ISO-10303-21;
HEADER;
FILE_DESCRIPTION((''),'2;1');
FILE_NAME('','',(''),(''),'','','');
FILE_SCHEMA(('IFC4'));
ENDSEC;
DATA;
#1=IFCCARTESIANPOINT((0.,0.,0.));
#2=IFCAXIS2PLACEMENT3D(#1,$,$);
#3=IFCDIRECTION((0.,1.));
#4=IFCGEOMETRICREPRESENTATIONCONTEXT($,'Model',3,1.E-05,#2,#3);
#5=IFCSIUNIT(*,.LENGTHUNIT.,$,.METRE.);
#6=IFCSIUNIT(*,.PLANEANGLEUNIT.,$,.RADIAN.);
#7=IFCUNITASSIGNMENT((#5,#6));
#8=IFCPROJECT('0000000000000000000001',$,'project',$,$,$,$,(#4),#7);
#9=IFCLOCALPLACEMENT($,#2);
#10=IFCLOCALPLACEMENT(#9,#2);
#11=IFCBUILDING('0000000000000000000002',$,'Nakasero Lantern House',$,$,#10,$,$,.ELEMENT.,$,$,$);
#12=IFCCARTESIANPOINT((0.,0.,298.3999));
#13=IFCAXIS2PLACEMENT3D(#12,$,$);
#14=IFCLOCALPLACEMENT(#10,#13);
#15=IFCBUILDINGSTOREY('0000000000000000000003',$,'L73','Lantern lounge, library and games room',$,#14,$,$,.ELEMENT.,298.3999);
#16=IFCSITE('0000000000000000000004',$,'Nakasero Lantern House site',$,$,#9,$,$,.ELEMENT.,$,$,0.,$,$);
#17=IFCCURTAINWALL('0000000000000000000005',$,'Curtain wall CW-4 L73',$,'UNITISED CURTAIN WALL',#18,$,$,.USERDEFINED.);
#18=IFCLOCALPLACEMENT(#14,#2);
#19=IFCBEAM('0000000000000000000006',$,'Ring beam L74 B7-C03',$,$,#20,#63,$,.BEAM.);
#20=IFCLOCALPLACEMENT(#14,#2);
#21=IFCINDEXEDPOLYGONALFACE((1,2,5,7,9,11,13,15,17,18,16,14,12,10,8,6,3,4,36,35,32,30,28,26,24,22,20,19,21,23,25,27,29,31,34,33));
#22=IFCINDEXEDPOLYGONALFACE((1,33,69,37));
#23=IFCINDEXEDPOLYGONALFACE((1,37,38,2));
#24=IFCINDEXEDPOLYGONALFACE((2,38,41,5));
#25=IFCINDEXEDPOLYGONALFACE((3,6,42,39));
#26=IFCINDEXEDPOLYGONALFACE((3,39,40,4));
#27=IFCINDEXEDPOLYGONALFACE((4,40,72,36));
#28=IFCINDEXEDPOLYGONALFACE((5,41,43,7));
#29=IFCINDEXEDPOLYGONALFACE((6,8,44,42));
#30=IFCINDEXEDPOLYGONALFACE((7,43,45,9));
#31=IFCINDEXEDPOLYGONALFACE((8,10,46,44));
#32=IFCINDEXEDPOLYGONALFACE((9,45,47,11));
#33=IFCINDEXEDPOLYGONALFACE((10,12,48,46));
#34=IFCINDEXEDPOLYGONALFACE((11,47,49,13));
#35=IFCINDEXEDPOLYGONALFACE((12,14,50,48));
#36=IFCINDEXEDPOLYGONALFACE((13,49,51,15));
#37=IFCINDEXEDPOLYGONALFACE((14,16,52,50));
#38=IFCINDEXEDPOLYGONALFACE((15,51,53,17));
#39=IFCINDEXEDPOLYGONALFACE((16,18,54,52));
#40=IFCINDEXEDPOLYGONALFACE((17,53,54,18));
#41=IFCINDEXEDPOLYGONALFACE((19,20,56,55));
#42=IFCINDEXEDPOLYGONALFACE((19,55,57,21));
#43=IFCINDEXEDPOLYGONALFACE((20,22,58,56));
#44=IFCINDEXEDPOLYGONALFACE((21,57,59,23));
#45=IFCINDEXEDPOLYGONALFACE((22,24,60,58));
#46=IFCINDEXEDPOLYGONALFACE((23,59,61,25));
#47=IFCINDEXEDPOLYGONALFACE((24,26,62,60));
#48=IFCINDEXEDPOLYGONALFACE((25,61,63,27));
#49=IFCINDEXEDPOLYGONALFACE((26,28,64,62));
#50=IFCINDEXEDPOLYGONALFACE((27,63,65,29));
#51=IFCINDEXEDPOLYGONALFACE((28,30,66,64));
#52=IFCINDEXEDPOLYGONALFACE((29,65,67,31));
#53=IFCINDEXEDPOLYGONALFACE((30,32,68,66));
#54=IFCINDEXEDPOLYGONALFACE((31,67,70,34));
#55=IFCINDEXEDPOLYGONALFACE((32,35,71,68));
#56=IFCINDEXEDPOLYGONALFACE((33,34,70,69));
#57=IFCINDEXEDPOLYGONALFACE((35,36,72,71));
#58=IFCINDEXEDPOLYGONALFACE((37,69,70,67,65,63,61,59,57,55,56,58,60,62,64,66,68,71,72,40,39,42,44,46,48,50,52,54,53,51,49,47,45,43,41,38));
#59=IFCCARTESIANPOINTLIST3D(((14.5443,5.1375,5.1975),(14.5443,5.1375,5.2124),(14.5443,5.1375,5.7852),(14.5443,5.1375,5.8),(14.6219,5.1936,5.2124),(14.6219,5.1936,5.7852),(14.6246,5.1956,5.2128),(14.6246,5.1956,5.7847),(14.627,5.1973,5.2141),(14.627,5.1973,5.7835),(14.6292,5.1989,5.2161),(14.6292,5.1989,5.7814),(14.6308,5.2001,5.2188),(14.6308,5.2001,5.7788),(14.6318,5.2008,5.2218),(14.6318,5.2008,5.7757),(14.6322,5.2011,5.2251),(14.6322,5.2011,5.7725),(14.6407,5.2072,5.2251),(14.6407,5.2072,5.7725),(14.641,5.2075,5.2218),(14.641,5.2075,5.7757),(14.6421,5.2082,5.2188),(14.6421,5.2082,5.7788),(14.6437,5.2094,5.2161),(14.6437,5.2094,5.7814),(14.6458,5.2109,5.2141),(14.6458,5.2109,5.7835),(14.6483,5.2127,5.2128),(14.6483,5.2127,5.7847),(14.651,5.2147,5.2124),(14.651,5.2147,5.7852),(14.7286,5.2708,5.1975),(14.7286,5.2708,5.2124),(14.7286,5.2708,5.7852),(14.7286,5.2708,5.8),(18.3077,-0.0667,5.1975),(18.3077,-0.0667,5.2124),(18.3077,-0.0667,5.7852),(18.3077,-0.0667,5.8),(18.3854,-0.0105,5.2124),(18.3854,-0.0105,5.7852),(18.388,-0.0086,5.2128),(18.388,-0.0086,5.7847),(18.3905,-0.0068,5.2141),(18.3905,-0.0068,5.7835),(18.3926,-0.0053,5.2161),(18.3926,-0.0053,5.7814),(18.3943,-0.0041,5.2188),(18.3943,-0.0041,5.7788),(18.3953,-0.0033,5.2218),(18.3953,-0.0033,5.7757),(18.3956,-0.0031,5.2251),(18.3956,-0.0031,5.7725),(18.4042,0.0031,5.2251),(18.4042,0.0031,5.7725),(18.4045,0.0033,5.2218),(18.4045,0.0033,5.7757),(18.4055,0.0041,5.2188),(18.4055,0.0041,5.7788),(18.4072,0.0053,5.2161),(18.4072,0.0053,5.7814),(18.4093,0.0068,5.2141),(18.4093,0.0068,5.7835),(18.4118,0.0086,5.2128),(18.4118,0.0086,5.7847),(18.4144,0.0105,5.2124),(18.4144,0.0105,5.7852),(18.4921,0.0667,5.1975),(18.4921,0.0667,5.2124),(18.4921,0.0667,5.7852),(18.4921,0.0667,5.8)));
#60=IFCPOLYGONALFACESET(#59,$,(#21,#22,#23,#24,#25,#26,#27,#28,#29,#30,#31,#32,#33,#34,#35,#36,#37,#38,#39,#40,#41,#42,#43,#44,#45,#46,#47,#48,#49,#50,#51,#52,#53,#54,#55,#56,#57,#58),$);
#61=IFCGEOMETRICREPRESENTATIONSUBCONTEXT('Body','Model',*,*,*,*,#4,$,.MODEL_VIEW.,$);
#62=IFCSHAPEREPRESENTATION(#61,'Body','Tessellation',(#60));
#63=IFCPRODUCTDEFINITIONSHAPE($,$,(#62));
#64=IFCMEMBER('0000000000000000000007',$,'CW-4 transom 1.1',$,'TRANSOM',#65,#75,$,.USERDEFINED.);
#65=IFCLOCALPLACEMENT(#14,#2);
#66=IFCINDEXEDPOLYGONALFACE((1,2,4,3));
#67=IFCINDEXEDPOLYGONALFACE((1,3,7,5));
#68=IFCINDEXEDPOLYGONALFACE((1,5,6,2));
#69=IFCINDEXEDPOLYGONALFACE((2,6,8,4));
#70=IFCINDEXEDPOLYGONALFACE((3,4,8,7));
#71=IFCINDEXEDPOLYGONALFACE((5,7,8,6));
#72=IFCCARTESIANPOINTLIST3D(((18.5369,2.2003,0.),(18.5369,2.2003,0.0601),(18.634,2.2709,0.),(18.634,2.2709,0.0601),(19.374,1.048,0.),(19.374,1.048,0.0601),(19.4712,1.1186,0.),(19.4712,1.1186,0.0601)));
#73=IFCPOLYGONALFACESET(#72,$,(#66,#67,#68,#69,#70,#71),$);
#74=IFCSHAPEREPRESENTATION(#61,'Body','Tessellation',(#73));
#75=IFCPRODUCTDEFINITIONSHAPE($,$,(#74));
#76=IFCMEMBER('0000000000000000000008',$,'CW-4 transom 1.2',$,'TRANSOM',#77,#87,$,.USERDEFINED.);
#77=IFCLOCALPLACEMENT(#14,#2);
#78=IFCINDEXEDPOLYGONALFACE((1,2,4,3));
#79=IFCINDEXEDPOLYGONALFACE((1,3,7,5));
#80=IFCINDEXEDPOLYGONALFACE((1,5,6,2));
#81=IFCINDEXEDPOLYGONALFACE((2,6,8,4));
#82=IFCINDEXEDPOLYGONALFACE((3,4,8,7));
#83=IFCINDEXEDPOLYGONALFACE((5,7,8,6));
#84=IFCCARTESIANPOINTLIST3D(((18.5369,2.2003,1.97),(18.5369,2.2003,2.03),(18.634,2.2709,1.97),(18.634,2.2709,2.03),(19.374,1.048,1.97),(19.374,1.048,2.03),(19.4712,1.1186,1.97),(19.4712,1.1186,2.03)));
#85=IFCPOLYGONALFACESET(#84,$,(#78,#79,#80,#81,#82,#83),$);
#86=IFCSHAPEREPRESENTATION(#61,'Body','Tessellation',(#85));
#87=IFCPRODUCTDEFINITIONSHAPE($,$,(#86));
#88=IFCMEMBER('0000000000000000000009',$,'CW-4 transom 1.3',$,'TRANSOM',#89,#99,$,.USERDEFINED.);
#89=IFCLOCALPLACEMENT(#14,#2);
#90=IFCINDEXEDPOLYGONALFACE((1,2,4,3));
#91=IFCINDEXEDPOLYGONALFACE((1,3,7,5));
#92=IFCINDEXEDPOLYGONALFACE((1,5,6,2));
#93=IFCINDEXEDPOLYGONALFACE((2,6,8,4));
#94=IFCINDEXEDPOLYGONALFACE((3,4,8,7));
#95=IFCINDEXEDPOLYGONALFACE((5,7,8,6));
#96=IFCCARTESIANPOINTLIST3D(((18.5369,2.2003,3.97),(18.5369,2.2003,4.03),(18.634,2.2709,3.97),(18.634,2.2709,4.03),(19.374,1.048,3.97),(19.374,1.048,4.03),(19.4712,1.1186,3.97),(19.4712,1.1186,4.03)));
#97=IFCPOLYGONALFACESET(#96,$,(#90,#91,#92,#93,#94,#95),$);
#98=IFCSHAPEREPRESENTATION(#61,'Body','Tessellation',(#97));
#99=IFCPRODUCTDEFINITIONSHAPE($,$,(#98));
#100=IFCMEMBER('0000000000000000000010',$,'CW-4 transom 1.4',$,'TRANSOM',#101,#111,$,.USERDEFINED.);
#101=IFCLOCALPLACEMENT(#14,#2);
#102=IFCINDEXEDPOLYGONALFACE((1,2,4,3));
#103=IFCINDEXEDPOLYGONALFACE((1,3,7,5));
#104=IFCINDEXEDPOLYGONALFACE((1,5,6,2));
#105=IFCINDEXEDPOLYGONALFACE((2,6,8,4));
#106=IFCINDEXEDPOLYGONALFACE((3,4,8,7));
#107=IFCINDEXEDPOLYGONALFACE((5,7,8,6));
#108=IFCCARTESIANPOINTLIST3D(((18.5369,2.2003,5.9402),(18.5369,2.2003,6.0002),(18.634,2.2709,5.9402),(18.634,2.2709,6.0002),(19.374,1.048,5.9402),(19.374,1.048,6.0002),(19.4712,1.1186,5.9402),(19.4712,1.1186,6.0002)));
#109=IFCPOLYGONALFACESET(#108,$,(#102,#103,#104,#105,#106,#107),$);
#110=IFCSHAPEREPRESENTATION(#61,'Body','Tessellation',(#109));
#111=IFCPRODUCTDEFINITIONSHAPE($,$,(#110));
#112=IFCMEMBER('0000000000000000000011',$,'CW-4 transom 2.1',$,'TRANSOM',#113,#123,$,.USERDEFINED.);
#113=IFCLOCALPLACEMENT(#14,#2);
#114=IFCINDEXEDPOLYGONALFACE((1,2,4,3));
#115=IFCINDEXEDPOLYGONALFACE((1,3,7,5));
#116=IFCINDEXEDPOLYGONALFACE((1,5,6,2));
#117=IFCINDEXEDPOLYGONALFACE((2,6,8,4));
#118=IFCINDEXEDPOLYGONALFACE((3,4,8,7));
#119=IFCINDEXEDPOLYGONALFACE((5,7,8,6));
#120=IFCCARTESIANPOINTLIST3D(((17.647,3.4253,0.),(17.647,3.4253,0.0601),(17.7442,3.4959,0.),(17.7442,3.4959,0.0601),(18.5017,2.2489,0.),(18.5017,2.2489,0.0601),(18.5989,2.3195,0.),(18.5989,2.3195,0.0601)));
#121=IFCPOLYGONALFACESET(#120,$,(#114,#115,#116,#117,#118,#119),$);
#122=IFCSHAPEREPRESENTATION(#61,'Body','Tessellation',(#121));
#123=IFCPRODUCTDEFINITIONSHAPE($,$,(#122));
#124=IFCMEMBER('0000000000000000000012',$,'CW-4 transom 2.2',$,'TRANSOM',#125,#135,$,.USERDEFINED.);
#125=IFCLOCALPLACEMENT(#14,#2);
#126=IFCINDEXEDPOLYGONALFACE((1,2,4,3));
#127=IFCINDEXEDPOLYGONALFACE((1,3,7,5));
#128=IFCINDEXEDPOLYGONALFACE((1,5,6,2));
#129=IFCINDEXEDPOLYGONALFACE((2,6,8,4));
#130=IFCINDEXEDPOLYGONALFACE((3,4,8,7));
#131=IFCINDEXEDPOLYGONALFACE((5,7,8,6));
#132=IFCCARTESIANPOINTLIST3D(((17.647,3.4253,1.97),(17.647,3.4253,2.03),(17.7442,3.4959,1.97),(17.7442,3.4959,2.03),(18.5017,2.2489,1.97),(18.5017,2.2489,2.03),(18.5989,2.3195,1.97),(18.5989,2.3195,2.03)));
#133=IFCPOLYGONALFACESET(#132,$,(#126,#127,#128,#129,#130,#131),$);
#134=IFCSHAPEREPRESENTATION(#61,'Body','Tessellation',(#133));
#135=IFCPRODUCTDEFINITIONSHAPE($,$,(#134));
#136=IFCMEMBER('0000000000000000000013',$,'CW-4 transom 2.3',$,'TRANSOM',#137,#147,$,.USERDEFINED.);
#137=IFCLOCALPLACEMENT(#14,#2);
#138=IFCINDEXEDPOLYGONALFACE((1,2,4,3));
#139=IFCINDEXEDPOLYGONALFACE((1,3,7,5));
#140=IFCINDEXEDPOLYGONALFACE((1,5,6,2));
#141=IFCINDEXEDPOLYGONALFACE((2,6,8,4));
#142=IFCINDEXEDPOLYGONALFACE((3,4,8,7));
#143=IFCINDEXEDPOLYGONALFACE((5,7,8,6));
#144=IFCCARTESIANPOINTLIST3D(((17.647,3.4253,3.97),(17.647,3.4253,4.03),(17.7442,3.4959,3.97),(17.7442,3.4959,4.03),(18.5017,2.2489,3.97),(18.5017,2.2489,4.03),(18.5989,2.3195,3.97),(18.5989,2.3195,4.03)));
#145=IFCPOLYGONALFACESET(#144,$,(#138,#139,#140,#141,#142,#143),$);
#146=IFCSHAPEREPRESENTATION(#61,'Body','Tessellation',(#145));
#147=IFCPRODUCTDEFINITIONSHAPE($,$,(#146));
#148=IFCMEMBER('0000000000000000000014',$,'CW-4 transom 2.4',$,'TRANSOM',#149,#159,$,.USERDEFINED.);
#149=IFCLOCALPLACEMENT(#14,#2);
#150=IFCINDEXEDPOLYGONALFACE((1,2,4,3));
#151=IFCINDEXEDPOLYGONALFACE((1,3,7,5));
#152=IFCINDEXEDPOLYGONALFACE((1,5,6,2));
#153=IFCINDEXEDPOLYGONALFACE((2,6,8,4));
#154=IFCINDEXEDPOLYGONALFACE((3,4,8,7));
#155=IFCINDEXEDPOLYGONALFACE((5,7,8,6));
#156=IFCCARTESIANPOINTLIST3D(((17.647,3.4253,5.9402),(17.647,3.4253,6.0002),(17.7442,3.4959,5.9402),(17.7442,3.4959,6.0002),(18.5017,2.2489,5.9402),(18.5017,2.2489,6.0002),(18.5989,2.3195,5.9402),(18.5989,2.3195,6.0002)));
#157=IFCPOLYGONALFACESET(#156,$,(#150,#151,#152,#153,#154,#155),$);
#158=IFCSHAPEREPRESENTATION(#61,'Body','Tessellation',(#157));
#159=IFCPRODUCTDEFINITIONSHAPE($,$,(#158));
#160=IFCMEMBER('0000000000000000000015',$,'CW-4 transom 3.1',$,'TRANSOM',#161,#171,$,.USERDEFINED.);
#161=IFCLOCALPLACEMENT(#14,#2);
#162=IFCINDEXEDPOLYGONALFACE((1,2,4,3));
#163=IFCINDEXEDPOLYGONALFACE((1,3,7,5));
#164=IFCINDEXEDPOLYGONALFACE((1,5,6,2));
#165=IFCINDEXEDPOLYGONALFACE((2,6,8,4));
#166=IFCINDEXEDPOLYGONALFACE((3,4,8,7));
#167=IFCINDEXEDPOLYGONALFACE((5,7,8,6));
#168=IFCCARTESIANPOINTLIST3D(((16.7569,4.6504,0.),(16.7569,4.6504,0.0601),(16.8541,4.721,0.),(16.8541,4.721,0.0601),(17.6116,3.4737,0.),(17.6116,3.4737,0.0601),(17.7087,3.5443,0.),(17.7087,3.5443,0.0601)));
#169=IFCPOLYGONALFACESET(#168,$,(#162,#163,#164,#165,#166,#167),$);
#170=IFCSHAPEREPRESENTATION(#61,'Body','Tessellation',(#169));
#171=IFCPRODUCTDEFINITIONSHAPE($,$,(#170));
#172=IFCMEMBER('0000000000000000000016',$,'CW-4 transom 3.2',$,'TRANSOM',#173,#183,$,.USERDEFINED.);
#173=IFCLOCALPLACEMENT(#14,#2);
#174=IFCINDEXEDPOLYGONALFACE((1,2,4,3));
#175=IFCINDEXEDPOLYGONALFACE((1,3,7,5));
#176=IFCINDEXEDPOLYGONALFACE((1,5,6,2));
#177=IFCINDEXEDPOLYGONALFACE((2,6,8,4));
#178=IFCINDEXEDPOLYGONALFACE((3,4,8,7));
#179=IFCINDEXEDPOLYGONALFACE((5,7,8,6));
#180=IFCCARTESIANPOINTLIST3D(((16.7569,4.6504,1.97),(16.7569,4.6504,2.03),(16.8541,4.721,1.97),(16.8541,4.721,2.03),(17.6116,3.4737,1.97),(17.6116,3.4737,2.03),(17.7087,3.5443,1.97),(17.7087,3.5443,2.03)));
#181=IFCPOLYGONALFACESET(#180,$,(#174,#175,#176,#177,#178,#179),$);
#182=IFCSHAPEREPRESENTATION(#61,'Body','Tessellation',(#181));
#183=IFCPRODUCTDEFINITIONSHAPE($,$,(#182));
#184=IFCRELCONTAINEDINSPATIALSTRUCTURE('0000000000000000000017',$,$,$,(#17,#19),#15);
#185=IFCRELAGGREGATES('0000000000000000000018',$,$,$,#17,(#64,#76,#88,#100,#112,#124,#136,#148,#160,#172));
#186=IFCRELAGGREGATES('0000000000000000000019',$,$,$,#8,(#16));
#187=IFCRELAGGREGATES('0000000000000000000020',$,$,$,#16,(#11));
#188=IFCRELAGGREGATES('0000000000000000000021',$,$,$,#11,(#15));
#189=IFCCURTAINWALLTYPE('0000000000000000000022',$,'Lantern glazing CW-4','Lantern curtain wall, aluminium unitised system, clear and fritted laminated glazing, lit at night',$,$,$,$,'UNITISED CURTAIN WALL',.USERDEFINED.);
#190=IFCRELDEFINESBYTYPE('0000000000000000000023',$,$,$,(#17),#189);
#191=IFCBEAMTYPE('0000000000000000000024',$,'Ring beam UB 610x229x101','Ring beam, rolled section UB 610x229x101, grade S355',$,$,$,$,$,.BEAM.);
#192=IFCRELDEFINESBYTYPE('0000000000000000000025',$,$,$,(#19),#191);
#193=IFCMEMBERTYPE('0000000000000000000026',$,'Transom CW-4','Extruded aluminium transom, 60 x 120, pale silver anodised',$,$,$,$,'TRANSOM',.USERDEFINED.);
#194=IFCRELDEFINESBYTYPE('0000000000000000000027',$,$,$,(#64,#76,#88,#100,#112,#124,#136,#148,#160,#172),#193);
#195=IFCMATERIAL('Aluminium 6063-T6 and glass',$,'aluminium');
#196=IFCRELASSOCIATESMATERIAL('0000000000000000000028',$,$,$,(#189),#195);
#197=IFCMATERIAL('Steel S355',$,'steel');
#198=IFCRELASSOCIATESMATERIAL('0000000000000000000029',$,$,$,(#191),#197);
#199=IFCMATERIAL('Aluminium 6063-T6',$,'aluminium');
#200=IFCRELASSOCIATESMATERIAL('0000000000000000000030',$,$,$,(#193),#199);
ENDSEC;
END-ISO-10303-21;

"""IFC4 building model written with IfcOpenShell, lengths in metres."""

from ifc_helpers import new_model, si_unit, direction, frame, origin, origin_2d, place, context, subcontext, project, spatial, rectangle, i_section, extrude, material, material_profile, profile_set, type_object, element, aggregate, save


model = new_model("IFC4")

# Units and contexts
model_context = context("Model", 3, precision=1e-05, world=origin(), true_north=direction((0.0, 1.0)))
body_context = subcontext(model_context, "Body", "Model", "MODEL_VIEW")
ifc_project = project(units=[si_unit("LENGTHUNIT", "METRE"), si_unit("PLANEANGLEUNIT", "RADIAN")], contexts=[model_context])

# Site, building, storey
site_placement = place(None, origin())
site = spatial("IfcSite", under=ifc_project, at=site_placement, Name="Nakasero Lantern House site", CompositionType="ELEMENT", RefElevation=0.0)
building_placement = place(site_placement, origin())
building = spatial("IfcBuilding", under=site, at=building_placement, Name="Nakasero Lantern House", CompositionType="ELEMENT")
storey_placement = place(building_placement, frame((0.0, 0.0, 298.3999)))
storey = spatial("IfcBuildingStorey", under=building, at=storey_placement, Name="L73", Description="Lantern lounge, library and games room", CompositionType="ELEMENT", Elevation=298.3999)

# Curtain wall
ifc_material_1 = material(Name="Aluminium 6063-T6 and glass", Category="aluminium")
curtain_wall_type = type_object("IfcCurtainWallType", Name="Lantern glazing CW-4", Description="Lantern curtain wall, aluminium unitised system, clear and fritted laminated glazing, lit at night", ElementType="UNITISED CURTAIN WALL", PredefinedType="USERDEFINED", material=ifc_material_1)
curtain_wall_1_placement = place(storey_placement, origin())
curtain_wall_1 = element("IfcCurtainWall", 1, at=curtain_wall_1_placement, inside=storey, type_object=curtain_wall_type, Name="Curtain wall CW-4 L73", ObjectType="UNITISED CURTAIN WALL", PredefinedType="USERDEFINED")

# Beam
ifc_material_2 = material(Name="Steel S355", Category="steel")
ifc_material_profile_1 = material_profile(ifc_material_2, i_section(OverallWidth=0.2275, OverallDepth=0.6025, WebThickness=0.0105, FlangeThickness=0.0149, FilletRadius=0.0127, at=origin_2d()), Name="UB 610x229x101")
ifc_profile_set_1 = profile_set([ifc_material_profile_1], Name="Steel S355")
beam_type_1 = type_object("IfcBeamType", Name="Ring beam UB 610x229x101", Description="Ring beam, rolled section UB 610x229x101, grade S355", PredefinedType="BEAM", material=ifc_profile_set_1)
beam_1_placement = place(storey_placement, frame((18.3999, 0.0, 5.4988), z_axis=(-0.585993, 0.810316, 0.0), x_axis=(-0.810316, -0.585993, 0.0)))
element("IfcBeam", 2, at=beam_1_placement, inside=storey, type_object=beam_type_1, Name="Ring beam L74 B7-C03", PredefinedType="BEAM", context=body_context, shape_type="SweptSolid", body=[
    extrude(i_section(OverallWidth=0.2275, OverallDepth=0.6025, WebThickness=0.0105, FlangeThickness=0.0149, FilletRadius=0.0127, at=origin_2d()), origin(), (0.0, 0.0, 1.0), 6.4224),
])

# Members
ifc_material_3 = material(Name="Aluminium 6063-T6", Category="aluminium")
ifc_material_profile_2 = material_profile(ifc_material_3, rectangle(XDim=0.0601, YDim=0.1201, at=origin_2d()), Name="CW-4 transom 60x120")
ifc_profile_set_2 = profile_set([ifc_material_profile_2], Name="Aluminium 6063-T6")
member_type_1 = type_object("IfcMemberType", Name="Transom CW-4", Description="Extruded aluminium transom, 60 x 120, pale silver anodised", ElementType="TRANSOM", PredefinedType="USERDEFINED", material=ifc_profile_set_2)
member_1_placement = place(storey_placement, frame((19.4226, 1.0833, 0.03), z_axis=(-0.587754, 0.80904, 0.0), x_axis=(0.0, 0.0, 1.0)))
member_1 = element("IfcMember", 3, at=member_1_placement, type_object=member_type_1, Name="CW-4 transom 1.1", ObjectType="TRANSOM", PredefinedType="USERDEFINED", context=body_context, shape_type="SweptSolid", body=[
    extrude(rectangle(XDim=0.0601, YDim=0.1201, at=origin_2d()), origin(), (0.0, 0.0, 1.0), 1.4243),
])
member_2_placement = place(storey_placement, frame((19.4226, 1.0833, 2.0), z_axis=(-0.587754, 0.80904, 0.0), x_axis=(0.0, 0.0, 1.0)))
member_2 = element("IfcMember", 4, at=member_2_placement, type_object=member_type_1, Name="CW-4 transom 1.2", ObjectType="TRANSOM", PredefinedType="USERDEFINED", context=body_context, shape_type="SweptSolid", body=[
    extrude(rectangle(XDim=0.0601, YDim=0.1201, at=origin_2d()), origin(), (0.0, 0.0, 1.0), 1.4243),
])
member_3_placement = place(storey_placement, frame((19.4226, 1.0833, 4.0), z_axis=(-0.587754, 0.80904, 0.0), x_axis=(0.0, 0.0, 1.0)))
member_3 = element("IfcMember", 5, at=member_3_placement, type_object=member_type_1, Name="CW-4 transom 1.3", ObjectType="TRANSOM", PredefinedType="USERDEFINED", context=body_context, shape_type="SweptSolid", body=[
    extrude(rectangle(XDim=0.0601, YDim=0.1201, at=origin_2d()), origin(), (0.0, 0.0, 1.0), 1.4243),
])
member_4_placement = place(storey_placement, frame((19.4226, 1.0833, 5.9702), z_axis=(-0.587754, 0.80904, 0.0), x_axis=(0.0, 0.0, 1.0)))
member_4 = element("IfcMember", 6, at=member_4_placement, type_object=member_type_1, Name="CW-4 transom 1.4", ObjectType="TRANSOM", PredefinedType="USERDEFINED", context=body_context, shape_type="SweptSolid", body=[
    extrude(rectangle(XDim=0.0601, YDim=0.1201, at=origin_2d()), origin(), (0.0, 0.0, 1.0), 1.4243),
])
member_5_placement = place(storey_placement, frame((18.5503, 2.2842, 0.03), z_axis=(-0.587762, 0.809034, 0.0), x_axis=(0.0, 0.0, 1.0)))
member_5 = element("IfcMember", 7, at=member_5_placement, type_object=member_type_1, Name="CW-4 transom 2.1", ObjectType="TRANSOM", PredefinedType="USERDEFINED", context=body_context, shape_type="SweptSolid", body=[
    extrude(rectangle(XDim=0.0601, YDim=0.1201, at=origin_2d()), origin(), (0.0, 0.0, 1.0), 1.4541),
])
member_6_placement = place(storey_placement, frame((18.5503, 2.2842, 2.0), z_axis=(-0.587762, 0.809034, 0.0), x_axis=(0.0, 0.0, 1.0)))
member_6 = element("IfcMember", 8, at=member_6_placement, type_object=member_type_1, Name="CW-4 transom 2.2", ObjectType="TRANSOM", PredefinedType="USERDEFINED", context=body_context, shape_type="SweptSolid", body=[
    extrude(rectangle(XDim=0.0601, YDim=0.1201, at=origin_2d()), origin(), (0.0, 0.0, 1.0), 1.4541),
])
member_7_placement = place(storey_placement, frame((18.5503, 2.2842, 4.0), z_axis=(-0.587762, 0.809034, 0.0), x_axis=(0.0, 0.0, 1.0)))
member_7 = element("IfcMember", 9, at=member_7_placement, type_object=member_type_1, Name="CW-4 transom 2.3", ObjectType="TRANSOM", PredefinedType="USERDEFINED", context=body_context, shape_type="SweptSolid", body=[
    extrude(rectangle(XDim=0.0601, YDim=0.1201, at=origin_2d()), origin(), (0.0, 0.0, 1.0), 1.4541),
])
member_8_placement = place(storey_placement, frame((18.5503, 2.2842, 5.9702), z_axis=(-0.587762, 0.809034, 0.0), x_axis=(0.0, 0.0, 1.0)))
member_8 = element("IfcMember", 10, at=member_8_placement, type_object=member_type_1, Name="CW-4 transom 2.4", ObjectType="TRANSOM", PredefinedType="USERDEFINED", context=body_context, shape_type="SweptSolid", body=[
    extrude(rectangle(XDim=0.0601, YDim=0.1201, at=origin_2d()), origin(), (0.0, 0.0, 1.0), 1.4541),
])
member_9_placement = place(storey_placement, frame((17.6602, 3.509, 0.03), z_axis=(-0.587683, 0.809092, 0.0), x_axis=(0.0, 0.0, 1.0)))
member_9 = element("IfcMember", 11, at=member_9_placement, type_object=member_type_1, Name="CW-4 transom 3.1", ObjectType="TRANSOM", PredefinedType="USERDEFINED", context=body_context, shape_type="SweptSolid", body=[
    extrude(rectangle(XDim=0.0601, YDim=0.1201, at=origin_2d()), origin(), (0.0, 0.0, 1.0), 1.4543),
])
member_10_placement = place(storey_placement, frame((17.6602, 3.509, 2.0), z_axis=(-0.587683, 0.809092, 0.0), x_axis=(0.0, 0.0, 1.0)))
member_10 = element("IfcMember", 12, at=member_10_placement, type_object=member_type_1, Name="CW-4 transom 3.2", ObjectType="TRANSOM", PredefinedType="USERDEFINED", context=body_context, shape_type="SweptSolid", body=[
    extrude(rectangle(XDim=0.0601, YDim=0.1201, at=origin_2d()), origin(), (0.0, 0.0, 1.0), 1.4543),
])

aggregate(curtain_wall_1, [member_1, member_2, member_3, member_4, member_5, member_6, member_7, member_8, member_9, member_10])

save(model, "model.ifc")
